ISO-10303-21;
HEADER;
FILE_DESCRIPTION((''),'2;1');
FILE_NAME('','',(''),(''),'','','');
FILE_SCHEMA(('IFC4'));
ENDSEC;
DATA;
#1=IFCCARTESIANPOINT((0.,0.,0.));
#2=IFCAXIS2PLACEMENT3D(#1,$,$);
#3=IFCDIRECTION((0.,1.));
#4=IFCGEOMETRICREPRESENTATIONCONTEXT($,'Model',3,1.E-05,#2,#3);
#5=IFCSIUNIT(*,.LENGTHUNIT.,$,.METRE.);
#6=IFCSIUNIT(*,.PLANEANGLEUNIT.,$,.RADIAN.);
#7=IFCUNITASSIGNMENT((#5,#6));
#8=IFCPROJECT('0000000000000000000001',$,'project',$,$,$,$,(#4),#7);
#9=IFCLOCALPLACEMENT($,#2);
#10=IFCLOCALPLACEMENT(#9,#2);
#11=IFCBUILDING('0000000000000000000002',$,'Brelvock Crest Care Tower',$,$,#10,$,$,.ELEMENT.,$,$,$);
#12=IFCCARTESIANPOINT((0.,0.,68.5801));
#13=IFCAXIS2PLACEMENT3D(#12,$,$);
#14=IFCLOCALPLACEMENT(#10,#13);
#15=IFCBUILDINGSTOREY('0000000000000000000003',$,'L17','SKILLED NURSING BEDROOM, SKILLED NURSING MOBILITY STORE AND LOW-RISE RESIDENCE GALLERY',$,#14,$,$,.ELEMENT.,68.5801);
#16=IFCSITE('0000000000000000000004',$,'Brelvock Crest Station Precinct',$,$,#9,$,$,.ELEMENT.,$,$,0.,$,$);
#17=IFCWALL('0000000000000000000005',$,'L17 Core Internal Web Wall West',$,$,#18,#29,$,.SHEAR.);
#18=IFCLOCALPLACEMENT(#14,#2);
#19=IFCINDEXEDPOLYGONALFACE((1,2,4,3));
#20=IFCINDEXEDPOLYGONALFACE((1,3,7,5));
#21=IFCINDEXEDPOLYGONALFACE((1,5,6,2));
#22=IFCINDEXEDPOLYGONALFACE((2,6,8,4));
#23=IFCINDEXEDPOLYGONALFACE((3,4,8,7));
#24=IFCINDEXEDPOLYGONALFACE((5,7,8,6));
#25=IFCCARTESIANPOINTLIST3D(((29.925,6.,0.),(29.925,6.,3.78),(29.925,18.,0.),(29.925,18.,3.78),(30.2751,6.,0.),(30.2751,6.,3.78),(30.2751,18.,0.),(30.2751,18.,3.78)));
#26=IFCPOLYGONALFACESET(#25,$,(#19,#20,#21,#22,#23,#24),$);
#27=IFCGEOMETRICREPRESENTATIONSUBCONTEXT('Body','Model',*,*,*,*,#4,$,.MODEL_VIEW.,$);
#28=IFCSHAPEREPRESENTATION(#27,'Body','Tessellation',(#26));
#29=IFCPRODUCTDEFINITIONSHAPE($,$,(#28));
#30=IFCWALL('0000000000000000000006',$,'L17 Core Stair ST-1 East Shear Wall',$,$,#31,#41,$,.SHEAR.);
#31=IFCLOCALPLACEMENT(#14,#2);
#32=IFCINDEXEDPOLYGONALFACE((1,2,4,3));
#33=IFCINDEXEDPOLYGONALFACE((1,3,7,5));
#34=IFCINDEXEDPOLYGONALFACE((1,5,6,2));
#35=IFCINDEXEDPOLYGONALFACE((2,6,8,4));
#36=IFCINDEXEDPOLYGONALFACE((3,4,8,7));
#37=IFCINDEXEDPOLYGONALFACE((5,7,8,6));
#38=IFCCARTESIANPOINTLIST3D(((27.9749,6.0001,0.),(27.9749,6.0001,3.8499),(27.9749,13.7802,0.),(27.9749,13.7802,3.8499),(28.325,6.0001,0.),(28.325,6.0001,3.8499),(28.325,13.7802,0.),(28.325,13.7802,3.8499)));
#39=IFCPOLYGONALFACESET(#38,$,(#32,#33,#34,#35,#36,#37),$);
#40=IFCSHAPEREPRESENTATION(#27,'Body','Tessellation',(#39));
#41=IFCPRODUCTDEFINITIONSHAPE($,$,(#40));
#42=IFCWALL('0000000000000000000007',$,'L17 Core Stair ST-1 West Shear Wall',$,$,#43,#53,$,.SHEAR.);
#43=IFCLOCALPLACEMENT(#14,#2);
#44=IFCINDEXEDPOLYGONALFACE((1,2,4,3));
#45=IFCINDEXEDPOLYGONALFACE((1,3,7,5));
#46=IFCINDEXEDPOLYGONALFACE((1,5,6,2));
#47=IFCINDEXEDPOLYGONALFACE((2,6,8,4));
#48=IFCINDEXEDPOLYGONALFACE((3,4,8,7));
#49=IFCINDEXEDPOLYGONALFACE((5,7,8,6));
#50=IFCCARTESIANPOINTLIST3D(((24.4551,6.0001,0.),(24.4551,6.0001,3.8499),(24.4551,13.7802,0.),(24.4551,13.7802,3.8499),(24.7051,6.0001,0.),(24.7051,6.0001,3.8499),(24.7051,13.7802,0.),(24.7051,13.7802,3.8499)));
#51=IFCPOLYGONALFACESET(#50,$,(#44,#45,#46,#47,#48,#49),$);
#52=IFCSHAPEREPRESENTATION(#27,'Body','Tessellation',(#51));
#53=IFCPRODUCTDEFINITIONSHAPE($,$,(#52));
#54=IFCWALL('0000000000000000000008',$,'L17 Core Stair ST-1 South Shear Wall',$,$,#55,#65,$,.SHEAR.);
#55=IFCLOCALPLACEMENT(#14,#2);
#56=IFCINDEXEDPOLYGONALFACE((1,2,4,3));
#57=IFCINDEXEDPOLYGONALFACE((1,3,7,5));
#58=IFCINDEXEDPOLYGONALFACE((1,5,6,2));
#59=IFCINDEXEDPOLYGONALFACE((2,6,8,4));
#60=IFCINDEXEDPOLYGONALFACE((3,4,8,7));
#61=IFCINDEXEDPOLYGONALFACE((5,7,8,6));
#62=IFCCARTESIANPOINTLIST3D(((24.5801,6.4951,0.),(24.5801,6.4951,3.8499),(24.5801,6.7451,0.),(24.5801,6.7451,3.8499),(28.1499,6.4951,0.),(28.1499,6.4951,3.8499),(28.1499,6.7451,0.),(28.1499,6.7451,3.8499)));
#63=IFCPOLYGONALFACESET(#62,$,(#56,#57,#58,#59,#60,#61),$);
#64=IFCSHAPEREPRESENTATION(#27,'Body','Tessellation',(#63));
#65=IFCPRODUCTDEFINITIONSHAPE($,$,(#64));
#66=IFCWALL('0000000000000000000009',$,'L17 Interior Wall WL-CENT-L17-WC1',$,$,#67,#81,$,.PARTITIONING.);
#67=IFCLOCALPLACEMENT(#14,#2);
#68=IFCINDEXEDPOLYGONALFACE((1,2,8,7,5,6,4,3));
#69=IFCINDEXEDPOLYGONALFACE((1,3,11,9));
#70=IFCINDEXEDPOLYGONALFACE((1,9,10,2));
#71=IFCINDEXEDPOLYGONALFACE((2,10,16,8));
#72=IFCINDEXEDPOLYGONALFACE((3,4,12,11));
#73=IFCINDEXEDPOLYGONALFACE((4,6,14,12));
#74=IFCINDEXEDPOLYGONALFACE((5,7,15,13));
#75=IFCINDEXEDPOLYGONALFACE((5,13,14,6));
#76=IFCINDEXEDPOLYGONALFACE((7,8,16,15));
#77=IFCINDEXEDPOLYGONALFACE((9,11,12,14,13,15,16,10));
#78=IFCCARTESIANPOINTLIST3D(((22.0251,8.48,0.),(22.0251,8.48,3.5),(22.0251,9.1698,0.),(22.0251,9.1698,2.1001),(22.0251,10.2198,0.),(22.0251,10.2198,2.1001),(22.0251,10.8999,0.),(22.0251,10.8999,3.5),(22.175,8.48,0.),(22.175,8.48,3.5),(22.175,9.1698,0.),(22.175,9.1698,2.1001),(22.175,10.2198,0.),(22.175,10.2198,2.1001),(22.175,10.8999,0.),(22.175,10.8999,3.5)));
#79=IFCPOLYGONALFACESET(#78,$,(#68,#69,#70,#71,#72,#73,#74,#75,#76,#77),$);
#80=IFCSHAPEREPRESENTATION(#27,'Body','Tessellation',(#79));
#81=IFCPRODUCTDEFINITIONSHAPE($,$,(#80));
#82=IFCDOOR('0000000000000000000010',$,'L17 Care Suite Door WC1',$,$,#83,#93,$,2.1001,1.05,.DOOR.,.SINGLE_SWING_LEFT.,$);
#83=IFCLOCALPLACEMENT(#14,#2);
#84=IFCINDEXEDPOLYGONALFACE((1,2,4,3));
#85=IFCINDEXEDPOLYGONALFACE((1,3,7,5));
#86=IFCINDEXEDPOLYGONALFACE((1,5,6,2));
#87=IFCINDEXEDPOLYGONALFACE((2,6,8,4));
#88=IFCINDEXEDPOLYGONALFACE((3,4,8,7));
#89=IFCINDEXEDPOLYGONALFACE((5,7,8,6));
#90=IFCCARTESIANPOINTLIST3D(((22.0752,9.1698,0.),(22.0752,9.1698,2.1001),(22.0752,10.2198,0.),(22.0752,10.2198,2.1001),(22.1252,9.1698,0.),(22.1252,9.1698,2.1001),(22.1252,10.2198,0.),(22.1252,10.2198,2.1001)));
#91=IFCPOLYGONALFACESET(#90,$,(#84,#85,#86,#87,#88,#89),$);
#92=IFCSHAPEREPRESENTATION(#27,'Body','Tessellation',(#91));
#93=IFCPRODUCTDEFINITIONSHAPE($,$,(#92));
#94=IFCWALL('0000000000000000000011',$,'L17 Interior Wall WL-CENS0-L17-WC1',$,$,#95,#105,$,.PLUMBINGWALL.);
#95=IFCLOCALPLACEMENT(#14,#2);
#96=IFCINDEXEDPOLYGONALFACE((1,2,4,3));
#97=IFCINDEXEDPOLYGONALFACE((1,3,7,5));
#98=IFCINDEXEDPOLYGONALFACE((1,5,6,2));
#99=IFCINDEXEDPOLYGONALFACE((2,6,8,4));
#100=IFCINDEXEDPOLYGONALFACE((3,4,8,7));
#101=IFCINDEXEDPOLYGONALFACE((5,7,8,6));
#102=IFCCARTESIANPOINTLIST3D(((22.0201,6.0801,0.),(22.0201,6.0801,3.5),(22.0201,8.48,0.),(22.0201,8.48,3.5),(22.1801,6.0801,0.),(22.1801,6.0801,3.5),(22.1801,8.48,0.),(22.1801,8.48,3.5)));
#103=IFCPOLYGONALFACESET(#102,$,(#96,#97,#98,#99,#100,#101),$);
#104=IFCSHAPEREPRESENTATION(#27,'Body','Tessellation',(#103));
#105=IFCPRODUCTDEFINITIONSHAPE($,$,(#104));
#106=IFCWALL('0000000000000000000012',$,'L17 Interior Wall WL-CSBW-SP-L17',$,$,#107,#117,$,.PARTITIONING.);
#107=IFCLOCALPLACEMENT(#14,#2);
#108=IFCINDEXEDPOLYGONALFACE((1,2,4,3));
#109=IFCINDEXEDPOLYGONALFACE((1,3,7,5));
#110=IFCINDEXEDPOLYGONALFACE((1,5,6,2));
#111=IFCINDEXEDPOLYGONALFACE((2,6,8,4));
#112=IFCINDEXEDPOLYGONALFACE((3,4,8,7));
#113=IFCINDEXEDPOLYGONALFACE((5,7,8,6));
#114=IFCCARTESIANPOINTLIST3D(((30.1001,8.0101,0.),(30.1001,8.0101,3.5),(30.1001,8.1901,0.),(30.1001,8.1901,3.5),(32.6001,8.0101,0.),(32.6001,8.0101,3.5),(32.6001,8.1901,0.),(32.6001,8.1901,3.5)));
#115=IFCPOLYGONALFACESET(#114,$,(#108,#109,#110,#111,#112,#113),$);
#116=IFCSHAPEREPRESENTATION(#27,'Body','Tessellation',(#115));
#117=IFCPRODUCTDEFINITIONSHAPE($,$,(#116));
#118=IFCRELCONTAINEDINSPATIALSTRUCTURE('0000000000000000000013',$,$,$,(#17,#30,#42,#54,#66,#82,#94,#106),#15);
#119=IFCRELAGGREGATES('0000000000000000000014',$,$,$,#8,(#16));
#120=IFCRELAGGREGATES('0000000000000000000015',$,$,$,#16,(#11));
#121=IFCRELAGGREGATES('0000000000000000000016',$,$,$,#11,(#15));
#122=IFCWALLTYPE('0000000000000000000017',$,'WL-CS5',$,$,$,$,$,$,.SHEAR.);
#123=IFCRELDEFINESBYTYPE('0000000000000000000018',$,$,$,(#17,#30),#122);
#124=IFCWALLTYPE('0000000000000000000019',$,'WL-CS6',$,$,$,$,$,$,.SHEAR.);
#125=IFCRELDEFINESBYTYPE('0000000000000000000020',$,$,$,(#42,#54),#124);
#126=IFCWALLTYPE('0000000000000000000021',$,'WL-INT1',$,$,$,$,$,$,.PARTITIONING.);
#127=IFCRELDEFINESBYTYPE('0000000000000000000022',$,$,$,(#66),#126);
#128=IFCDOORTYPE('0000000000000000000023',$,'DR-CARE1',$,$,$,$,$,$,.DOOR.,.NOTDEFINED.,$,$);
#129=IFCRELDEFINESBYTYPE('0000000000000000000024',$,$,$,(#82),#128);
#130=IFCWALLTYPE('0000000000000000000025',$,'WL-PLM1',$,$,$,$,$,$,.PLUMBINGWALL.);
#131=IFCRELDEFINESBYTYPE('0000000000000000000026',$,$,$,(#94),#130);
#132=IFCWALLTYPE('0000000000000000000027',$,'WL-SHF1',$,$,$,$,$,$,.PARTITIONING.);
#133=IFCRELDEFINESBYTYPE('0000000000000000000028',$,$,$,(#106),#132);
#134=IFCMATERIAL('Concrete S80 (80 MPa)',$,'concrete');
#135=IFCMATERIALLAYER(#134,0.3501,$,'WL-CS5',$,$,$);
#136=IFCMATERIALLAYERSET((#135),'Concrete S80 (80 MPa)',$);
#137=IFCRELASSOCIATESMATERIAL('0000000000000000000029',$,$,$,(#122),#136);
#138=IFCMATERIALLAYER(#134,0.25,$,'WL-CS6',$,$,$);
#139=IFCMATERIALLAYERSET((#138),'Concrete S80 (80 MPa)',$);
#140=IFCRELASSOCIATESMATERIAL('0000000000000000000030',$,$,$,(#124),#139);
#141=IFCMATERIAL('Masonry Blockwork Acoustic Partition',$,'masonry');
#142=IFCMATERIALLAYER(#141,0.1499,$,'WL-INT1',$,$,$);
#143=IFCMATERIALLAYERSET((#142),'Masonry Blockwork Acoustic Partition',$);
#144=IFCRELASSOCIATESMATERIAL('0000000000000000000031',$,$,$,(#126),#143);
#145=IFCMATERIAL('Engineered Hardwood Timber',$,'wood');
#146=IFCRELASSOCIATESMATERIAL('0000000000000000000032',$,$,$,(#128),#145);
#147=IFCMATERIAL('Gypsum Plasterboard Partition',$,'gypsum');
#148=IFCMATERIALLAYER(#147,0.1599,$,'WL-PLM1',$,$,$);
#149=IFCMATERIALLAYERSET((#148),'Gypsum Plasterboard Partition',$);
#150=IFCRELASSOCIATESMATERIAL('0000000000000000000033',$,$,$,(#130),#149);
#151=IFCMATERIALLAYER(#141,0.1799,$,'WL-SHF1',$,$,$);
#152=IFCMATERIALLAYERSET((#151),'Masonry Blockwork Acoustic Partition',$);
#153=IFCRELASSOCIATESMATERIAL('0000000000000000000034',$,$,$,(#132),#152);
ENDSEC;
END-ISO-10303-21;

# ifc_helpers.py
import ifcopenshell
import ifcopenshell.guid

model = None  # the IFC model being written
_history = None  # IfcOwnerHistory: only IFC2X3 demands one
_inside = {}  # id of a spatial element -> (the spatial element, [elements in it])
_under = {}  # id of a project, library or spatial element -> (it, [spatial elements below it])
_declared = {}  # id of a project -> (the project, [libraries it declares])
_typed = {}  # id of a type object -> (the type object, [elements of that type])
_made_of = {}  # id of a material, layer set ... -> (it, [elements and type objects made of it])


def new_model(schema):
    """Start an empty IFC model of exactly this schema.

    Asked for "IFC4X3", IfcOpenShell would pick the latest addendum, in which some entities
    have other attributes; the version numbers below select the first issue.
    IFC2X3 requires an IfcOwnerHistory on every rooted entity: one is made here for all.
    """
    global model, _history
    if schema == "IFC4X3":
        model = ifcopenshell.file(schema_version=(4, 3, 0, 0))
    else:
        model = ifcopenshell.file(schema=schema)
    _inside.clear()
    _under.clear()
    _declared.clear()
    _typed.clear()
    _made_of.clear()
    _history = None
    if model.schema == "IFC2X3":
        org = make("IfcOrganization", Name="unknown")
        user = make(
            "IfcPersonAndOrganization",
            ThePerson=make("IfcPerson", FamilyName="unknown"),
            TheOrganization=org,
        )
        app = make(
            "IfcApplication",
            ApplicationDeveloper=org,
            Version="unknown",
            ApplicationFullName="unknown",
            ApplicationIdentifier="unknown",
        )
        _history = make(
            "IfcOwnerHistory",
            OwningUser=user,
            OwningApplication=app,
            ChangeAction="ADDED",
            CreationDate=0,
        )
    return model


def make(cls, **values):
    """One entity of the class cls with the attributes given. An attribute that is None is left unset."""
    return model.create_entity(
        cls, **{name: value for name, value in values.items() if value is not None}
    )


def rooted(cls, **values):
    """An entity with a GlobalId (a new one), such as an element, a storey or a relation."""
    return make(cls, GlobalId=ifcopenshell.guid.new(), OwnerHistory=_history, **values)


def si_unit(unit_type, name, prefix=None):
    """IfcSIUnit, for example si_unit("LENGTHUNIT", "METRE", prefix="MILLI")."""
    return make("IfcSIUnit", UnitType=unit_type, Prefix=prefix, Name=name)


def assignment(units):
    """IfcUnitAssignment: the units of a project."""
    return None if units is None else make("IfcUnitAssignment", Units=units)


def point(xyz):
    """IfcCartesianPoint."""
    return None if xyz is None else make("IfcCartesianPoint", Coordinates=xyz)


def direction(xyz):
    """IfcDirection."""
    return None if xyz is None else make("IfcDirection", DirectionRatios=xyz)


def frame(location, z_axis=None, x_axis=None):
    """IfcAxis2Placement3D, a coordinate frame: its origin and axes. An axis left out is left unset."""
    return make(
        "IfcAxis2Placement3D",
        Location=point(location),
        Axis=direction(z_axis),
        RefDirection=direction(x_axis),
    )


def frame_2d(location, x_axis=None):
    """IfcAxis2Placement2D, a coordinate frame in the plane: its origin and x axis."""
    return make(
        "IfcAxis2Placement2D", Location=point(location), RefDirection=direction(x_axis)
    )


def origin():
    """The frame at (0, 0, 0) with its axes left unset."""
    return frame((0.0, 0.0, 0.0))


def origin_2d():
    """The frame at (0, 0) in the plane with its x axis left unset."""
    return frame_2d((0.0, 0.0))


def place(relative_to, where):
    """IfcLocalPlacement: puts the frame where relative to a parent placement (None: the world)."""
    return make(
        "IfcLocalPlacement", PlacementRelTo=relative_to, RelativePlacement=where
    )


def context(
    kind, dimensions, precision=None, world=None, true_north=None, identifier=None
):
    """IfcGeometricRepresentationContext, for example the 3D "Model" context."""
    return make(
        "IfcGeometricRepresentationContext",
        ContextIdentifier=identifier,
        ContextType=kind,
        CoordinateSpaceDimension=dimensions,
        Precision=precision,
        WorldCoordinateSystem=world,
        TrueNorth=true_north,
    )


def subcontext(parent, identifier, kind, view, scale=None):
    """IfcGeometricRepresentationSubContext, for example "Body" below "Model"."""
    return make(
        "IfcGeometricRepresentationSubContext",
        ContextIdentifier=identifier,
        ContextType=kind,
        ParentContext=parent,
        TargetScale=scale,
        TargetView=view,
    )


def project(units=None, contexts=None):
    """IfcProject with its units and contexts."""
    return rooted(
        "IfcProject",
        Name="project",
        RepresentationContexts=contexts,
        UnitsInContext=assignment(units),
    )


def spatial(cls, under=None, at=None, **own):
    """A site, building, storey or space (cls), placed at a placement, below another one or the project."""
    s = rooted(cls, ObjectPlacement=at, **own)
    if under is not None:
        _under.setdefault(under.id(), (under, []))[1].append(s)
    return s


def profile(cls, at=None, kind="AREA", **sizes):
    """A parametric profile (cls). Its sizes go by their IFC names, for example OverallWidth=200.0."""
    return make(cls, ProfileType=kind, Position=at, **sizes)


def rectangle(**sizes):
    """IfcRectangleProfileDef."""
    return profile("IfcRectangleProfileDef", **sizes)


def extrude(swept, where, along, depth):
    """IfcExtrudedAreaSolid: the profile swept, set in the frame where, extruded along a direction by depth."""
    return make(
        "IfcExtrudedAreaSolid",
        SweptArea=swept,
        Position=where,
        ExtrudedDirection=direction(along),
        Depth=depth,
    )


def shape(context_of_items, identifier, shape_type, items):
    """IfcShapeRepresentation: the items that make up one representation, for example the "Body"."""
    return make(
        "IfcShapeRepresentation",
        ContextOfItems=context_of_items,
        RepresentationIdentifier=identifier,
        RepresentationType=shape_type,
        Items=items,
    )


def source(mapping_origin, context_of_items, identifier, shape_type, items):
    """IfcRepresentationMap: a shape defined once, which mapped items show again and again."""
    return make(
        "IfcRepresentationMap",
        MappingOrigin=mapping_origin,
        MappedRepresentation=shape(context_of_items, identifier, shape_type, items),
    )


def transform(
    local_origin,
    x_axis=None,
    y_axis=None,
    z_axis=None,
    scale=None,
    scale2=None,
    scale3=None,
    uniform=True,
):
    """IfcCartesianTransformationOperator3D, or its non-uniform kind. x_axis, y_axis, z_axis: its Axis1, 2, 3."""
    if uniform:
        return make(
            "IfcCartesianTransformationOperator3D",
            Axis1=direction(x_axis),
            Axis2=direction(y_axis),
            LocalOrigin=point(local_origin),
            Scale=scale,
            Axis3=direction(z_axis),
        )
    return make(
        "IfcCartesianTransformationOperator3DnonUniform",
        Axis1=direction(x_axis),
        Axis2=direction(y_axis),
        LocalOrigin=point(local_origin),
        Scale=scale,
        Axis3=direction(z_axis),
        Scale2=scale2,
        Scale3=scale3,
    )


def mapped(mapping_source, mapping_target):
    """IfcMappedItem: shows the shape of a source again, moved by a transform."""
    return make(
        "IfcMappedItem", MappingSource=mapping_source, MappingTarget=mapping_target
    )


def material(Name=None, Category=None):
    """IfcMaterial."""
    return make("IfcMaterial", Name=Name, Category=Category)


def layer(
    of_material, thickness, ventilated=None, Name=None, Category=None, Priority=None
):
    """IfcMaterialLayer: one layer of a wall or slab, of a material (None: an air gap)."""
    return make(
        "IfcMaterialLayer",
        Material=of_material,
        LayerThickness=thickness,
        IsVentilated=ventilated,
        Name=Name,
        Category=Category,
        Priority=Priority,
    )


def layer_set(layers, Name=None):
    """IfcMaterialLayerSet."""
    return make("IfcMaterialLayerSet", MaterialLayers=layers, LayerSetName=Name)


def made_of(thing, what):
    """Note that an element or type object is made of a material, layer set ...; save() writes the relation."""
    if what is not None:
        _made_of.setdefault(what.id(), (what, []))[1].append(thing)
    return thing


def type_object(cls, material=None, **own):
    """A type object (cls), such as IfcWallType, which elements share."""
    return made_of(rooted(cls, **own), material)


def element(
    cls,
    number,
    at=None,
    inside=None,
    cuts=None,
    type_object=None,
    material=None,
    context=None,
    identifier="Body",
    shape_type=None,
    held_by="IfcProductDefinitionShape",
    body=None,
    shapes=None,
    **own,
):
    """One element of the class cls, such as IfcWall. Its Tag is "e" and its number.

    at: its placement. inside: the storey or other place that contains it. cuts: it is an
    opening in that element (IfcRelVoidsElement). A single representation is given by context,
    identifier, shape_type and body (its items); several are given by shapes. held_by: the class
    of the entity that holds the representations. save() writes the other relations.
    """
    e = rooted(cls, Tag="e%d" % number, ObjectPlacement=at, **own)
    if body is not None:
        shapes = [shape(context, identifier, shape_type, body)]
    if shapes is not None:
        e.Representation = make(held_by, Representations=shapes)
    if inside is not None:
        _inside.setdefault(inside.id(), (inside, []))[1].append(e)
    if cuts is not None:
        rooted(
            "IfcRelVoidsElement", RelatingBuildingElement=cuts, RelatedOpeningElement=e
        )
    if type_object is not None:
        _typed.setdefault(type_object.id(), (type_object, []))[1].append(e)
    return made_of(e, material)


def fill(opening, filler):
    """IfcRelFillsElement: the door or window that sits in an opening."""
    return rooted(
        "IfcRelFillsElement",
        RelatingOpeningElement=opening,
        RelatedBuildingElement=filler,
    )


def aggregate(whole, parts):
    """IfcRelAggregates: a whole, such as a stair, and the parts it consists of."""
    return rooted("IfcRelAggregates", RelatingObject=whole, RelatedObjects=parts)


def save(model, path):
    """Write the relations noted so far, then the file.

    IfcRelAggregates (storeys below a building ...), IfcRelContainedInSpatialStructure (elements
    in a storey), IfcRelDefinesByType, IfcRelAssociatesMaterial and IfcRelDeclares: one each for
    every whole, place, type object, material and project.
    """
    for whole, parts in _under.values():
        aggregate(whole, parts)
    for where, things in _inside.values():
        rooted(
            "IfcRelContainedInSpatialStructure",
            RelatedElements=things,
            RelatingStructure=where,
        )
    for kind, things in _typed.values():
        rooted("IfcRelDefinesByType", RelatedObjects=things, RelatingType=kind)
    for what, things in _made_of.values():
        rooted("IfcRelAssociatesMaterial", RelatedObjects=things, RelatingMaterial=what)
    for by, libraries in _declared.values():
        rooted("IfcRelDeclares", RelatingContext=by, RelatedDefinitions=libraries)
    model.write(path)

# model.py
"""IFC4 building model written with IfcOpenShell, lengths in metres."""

from ifc_helpers import new_model, si_unit, direction, frame, frame_2d, origin, origin_2d, place, context, subcontext, project, spatial, rectangle, extrude, source, transform, mapped, material, layer, layer_set, type_object, element, fill, save


model = new_model("IFC4")

# Units and contexts
model_context = context("Model", 3, precision=1e-05, world=origin(), true_north=direction((0.0, 1.0)))
body_context = subcontext(model_context, "Body", "Model", "MODEL_VIEW")
ifc_project = project(units=[si_unit("LENGTHUNIT", "METRE"), si_unit("PLANEANGLEUNIT", "RADIAN")], contexts=[model_context])

# Site, building, storey
site_placement = place(None, origin())
site = spatial("IfcSite", under=ifc_project, at=site_placement, Name="Brelvock Crest Station Precinct", CompositionType="ELEMENT", RefElevation=0.0)
building_placement = place(site_placement, origin())
building = spatial("IfcBuilding", under=site, at=building_placement, Name="Brelvock Crest Care Tower", CompositionType="ELEMENT")
storey_placement = place(building_placement, frame((0.0, 0.0, 68.5801)))
storey = spatial("IfcBuildingStorey", under=building, at=storey_placement, Name="L17", Description="SKILLED NURSING BEDROOM, SKILLED NURSING MOBILITY STORE AND LOW-RISE RESIDENCE GALLERY", CompositionType="ELEMENT", Elevation=68.5801)

# Shared definitions
ifc_material_1 = material(Name="Concrete S80 (80 MPa)", Category="concrete")

# Walls
ifc_layer_1 = layer(ifc_material_1, 0.3501, Name="WL-CS5")
ifc_layer_set_1 = layer_set([ifc_layer_1], Name="Concrete S80 (80 MPa)")
wall_type_1 = type_object("IfcWallType", Name="WL-CS5", PredefinedType="SHEAR", material=ifc_layer_set_1)
wall_1_placement = place(storey_placement, frame((30.1001, 6.0, 0.0), z_axis=(0.0, 0.0, 1.0), x_axis=(0.0, 1.0, 0.0)))
element("IfcWall", 1, at=wall_1_placement, inside=storey, type_object=wall_type_1, Name="L17 Core Internal Web Wall West", PredefinedType="SHEAR", context=body_context, shape_type="SweptSolid", body=[
    extrude(rectangle(XDim=12.0, YDim=0.3501, at=frame_2d((6.0, 0.0))), origin(), (0.0, 0.0, 1.0), 3.78),
])
wall_2_placement = place(storey_placement, frame((28.1499, 6.0, 0.0), z_axis=(0.0, 0.0, 1.0), x_axis=(0.0, 1.0, 0.0)))
element("IfcWall", 2, at=wall_2_placement, inside=storey, type_object=wall_type_1, Name="L17 Core Stair ST-1 East Shear Wall", PredefinedType="SHEAR", context=body_context, shape_type="SweptSolid", body=[
    extrude(rectangle(XDim=7.78, YDim=0.3501, at=frame_2d((3.8901, 0.0))), origin(), (0.0, 0.0, 1.0), 3.8499),
])
ifc_layer_2 = layer(ifc_material_1, 0.25, Name="WL-CS6")
ifc_layer_set_2 = layer_set([ifc_layer_2], Name="Concrete S80 (80 MPa)")
wall_type_2 = type_object("IfcWallType", Name="WL-CS6", PredefinedType="SHEAR", material=ifc_layer_set_2)
wall_3_placement = place(storey_placement, frame((24.5801, 6.0, 0.0), z_axis=(0.0, 0.0, 1.0), x_axis=(0.0, 1.0, 0.0)))
element("IfcWall", 3, at=wall_3_placement, inside=storey, type_object=wall_type_2, Name="L17 Core Stair ST-1 West Shear Wall", PredefinedType="SHEAR", context=body_context, shape_type="SweptSolid", body=[
    extrude(rectangle(XDim=7.78, YDim=0.25, at=frame_2d((3.8901, 0.0))), origin(), (0.0, 0.0, 1.0), 3.8499),
])
wall_4_placement = place(storey_placement, frame((24.5801, 6.6201, 0.0), z_axis=(0.0, 0.0, 1.0), x_axis=(1.0, 0.0, 0.0)))
element("IfcWall", 4, at=wall_4_placement, inside=storey, type_object=wall_type_2, Name="L17 Core Stair ST-1 South Shear Wall", PredefinedType="SHEAR", context=body_context, shape_type="SweptSolid", body=[
    extrude(rectangle(XDim=3.5698, YDim=0.25, at=frame_2d((1.7849, 0.0))), origin(), (0.0, 0.0, 1.0), 3.8499),
])

# Wall, opening, door
ifc_material_2 = material(Name="Masonry Blockwork Acoustic Partition", Category="masonry")
ifc_layer_3 = layer(ifc_material_2, 0.1499, Name="WL-INT1")
ifc_layer_set_3 = layer_set([ifc_layer_3], Name="Masonry Blockwork Acoustic Partition")
wall_type_3 = type_object("IfcWallType", Name="WL-INT1", PredefinedType="PARTITIONING", material=ifc_layer_set_3)
wall_5_placement = place(storey_placement, frame((22.1001, 8.48, 0.0), z_axis=(0.0, 0.0, 1.0), x_axis=(0.0, 1.0, 0.0)))
wall_5 = element("IfcWall", 5, at=wall_5_placement, inside=storey, type_object=wall_type_3, Name="L17 Interior Wall WL-CENT-L17-WC1", PredefinedType="PARTITIONING", context=body_context, shape_type="SweptSolid", body=[
    extrude(rectangle(XDim=2.4199, YDim=0.1499, at=frame_2d((1.21, 0.0))), origin(), (0.0, 0.0, 1.0), 3.5),
])
opening_placement = place(wall_5_placement, frame((0.6899, 0.0, 0.0)))
opening = element("IfcOpeningElement", 6, at=opening_placement, cuts=wall_5, PredefinedType="OPENING", context=body_context, shape_type="SweptSolid", body=[
    extrude(rectangle(XDim=1.05, YDim=2.1001, at=origin_2d()), frame((0.5249, 0.085, 1.05), z_axis=(0.0, -1.0, 0.0), x_axis=(1.0, 0.0, 0.0)), (0.0, 0.0, 1.0), 0.1699),
])
ifc_material_3 = material(Name="Engineered Hardwood Timber", Category="wood")
door_type = type_object("IfcDoorType", Name="DR-CARE1", OperationType="NOTDEFINED", PredefinedType="DOOR", material=ifc_material_3)
shared_shape_1 = source(origin(), body_context, "Body", "SweptSolid", [
    extrude(rectangle(XDim=1.05, YDim=2.1001, at=origin_2d()), frame((0.5249, 0.0249, 1.05), z_axis=(0.0, -1.0, 0.0), x_axis=(1.0, 0.0, 0.0)), (0.0, 0.0, 1.0), 0.05),
])
door_placement = place(opening_placement, origin())
door = element("IfcDoor", 7, at=door_placement, inside=storey, type_object=door_type, Name="L17 Care Suite Door WC1", OperationType="SINGLE_SWING_LEFT", OverallHeight=2.1001, OverallWidth=1.05, PredefinedType="DOOR", context=body_context, shape_type="MappedRepresentation", body=[
    mapped(shared_shape_1, transform((0.0, 0.0, 0.0), x_axis=(1.0, 0.0, 0.0), y_axis=(0.0, 1.0, 0.0), z_axis=(0.0, 0.0, 1.0), scale=1.0)),
])
fill(opening, door)

# Walls
ifc_material_4 = material(Name="Gypsum Plasterboard Partition", Category="gypsum")
ifc_layer_4 = layer(ifc_material_4, 0.1599, Name="WL-PLM1")
ifc_layer_set_4 = layer_set([ifc_layer_4], Name="Gypsum Plasterboard Partition")
wall_type_4 = type_object("IfcWallType", Name="WL-PLM1", PredefinedType="PLUMBINGWALL", material=ifc_layer_set_4)
wall_6_placement = place(storey_placement, frame((22.1001, 6.0801, 0.0), z_axis=(0.0, 0.0, 1.0), x_axis=(0.0, 1.0, 0.0)))
element("IfcWall", 8, at=wall_6_placement, inside=storey, type_object=wall_type_4, Name="L17 Interior Wall WL-CENS0-L17-WC1", PredefinedType="PLUMBINGWALL", context=body_context, shape_type="SweptSolid", body=[
    extrude(rectangle(XDim=2.3999, YDim=0.1599, at=frame_2d((1.2, 0.0))), origin(), (0.0, 0.0, 1.0), 3.5),
])
ifc_layer_5 = layer(ifc_material_2, 0.1799, Name="WL-SHF1")
ifc_layer_set_5 = layer_set([ifc_layer_5], Name="Masonry Blockwork Acoustic Partition")
wall_type_5 = type_object("IfcWallType", Name="WL-SHF1", PredefinedType="PARTITIONING", material=ifc_layer_set_5)
wall_7_placement = place(storey_placement, frame((30.1001, 8.1001, 0.0), z_axis=(0.0, 0.0, 1.0), x_axis=(1.0, 0.0, 0.0)))
element("IfcWall", 9, at=wall_7_placement, inside=storey, type_object=wall_type_5, Name="L17 Interior Wall WL-CSBW-SP-L17", PredefinedType="PARTITIONING", context=body_context, shape_type="SweptSolid", body=[
    extrude(rectangle(XDim=2.5, YDim=0.1799, at=frame_2d((1.25, 0.0))), origin(), (0.0, 0.0, 1.0), 3.5),
])

save(model, "model.ifc")
